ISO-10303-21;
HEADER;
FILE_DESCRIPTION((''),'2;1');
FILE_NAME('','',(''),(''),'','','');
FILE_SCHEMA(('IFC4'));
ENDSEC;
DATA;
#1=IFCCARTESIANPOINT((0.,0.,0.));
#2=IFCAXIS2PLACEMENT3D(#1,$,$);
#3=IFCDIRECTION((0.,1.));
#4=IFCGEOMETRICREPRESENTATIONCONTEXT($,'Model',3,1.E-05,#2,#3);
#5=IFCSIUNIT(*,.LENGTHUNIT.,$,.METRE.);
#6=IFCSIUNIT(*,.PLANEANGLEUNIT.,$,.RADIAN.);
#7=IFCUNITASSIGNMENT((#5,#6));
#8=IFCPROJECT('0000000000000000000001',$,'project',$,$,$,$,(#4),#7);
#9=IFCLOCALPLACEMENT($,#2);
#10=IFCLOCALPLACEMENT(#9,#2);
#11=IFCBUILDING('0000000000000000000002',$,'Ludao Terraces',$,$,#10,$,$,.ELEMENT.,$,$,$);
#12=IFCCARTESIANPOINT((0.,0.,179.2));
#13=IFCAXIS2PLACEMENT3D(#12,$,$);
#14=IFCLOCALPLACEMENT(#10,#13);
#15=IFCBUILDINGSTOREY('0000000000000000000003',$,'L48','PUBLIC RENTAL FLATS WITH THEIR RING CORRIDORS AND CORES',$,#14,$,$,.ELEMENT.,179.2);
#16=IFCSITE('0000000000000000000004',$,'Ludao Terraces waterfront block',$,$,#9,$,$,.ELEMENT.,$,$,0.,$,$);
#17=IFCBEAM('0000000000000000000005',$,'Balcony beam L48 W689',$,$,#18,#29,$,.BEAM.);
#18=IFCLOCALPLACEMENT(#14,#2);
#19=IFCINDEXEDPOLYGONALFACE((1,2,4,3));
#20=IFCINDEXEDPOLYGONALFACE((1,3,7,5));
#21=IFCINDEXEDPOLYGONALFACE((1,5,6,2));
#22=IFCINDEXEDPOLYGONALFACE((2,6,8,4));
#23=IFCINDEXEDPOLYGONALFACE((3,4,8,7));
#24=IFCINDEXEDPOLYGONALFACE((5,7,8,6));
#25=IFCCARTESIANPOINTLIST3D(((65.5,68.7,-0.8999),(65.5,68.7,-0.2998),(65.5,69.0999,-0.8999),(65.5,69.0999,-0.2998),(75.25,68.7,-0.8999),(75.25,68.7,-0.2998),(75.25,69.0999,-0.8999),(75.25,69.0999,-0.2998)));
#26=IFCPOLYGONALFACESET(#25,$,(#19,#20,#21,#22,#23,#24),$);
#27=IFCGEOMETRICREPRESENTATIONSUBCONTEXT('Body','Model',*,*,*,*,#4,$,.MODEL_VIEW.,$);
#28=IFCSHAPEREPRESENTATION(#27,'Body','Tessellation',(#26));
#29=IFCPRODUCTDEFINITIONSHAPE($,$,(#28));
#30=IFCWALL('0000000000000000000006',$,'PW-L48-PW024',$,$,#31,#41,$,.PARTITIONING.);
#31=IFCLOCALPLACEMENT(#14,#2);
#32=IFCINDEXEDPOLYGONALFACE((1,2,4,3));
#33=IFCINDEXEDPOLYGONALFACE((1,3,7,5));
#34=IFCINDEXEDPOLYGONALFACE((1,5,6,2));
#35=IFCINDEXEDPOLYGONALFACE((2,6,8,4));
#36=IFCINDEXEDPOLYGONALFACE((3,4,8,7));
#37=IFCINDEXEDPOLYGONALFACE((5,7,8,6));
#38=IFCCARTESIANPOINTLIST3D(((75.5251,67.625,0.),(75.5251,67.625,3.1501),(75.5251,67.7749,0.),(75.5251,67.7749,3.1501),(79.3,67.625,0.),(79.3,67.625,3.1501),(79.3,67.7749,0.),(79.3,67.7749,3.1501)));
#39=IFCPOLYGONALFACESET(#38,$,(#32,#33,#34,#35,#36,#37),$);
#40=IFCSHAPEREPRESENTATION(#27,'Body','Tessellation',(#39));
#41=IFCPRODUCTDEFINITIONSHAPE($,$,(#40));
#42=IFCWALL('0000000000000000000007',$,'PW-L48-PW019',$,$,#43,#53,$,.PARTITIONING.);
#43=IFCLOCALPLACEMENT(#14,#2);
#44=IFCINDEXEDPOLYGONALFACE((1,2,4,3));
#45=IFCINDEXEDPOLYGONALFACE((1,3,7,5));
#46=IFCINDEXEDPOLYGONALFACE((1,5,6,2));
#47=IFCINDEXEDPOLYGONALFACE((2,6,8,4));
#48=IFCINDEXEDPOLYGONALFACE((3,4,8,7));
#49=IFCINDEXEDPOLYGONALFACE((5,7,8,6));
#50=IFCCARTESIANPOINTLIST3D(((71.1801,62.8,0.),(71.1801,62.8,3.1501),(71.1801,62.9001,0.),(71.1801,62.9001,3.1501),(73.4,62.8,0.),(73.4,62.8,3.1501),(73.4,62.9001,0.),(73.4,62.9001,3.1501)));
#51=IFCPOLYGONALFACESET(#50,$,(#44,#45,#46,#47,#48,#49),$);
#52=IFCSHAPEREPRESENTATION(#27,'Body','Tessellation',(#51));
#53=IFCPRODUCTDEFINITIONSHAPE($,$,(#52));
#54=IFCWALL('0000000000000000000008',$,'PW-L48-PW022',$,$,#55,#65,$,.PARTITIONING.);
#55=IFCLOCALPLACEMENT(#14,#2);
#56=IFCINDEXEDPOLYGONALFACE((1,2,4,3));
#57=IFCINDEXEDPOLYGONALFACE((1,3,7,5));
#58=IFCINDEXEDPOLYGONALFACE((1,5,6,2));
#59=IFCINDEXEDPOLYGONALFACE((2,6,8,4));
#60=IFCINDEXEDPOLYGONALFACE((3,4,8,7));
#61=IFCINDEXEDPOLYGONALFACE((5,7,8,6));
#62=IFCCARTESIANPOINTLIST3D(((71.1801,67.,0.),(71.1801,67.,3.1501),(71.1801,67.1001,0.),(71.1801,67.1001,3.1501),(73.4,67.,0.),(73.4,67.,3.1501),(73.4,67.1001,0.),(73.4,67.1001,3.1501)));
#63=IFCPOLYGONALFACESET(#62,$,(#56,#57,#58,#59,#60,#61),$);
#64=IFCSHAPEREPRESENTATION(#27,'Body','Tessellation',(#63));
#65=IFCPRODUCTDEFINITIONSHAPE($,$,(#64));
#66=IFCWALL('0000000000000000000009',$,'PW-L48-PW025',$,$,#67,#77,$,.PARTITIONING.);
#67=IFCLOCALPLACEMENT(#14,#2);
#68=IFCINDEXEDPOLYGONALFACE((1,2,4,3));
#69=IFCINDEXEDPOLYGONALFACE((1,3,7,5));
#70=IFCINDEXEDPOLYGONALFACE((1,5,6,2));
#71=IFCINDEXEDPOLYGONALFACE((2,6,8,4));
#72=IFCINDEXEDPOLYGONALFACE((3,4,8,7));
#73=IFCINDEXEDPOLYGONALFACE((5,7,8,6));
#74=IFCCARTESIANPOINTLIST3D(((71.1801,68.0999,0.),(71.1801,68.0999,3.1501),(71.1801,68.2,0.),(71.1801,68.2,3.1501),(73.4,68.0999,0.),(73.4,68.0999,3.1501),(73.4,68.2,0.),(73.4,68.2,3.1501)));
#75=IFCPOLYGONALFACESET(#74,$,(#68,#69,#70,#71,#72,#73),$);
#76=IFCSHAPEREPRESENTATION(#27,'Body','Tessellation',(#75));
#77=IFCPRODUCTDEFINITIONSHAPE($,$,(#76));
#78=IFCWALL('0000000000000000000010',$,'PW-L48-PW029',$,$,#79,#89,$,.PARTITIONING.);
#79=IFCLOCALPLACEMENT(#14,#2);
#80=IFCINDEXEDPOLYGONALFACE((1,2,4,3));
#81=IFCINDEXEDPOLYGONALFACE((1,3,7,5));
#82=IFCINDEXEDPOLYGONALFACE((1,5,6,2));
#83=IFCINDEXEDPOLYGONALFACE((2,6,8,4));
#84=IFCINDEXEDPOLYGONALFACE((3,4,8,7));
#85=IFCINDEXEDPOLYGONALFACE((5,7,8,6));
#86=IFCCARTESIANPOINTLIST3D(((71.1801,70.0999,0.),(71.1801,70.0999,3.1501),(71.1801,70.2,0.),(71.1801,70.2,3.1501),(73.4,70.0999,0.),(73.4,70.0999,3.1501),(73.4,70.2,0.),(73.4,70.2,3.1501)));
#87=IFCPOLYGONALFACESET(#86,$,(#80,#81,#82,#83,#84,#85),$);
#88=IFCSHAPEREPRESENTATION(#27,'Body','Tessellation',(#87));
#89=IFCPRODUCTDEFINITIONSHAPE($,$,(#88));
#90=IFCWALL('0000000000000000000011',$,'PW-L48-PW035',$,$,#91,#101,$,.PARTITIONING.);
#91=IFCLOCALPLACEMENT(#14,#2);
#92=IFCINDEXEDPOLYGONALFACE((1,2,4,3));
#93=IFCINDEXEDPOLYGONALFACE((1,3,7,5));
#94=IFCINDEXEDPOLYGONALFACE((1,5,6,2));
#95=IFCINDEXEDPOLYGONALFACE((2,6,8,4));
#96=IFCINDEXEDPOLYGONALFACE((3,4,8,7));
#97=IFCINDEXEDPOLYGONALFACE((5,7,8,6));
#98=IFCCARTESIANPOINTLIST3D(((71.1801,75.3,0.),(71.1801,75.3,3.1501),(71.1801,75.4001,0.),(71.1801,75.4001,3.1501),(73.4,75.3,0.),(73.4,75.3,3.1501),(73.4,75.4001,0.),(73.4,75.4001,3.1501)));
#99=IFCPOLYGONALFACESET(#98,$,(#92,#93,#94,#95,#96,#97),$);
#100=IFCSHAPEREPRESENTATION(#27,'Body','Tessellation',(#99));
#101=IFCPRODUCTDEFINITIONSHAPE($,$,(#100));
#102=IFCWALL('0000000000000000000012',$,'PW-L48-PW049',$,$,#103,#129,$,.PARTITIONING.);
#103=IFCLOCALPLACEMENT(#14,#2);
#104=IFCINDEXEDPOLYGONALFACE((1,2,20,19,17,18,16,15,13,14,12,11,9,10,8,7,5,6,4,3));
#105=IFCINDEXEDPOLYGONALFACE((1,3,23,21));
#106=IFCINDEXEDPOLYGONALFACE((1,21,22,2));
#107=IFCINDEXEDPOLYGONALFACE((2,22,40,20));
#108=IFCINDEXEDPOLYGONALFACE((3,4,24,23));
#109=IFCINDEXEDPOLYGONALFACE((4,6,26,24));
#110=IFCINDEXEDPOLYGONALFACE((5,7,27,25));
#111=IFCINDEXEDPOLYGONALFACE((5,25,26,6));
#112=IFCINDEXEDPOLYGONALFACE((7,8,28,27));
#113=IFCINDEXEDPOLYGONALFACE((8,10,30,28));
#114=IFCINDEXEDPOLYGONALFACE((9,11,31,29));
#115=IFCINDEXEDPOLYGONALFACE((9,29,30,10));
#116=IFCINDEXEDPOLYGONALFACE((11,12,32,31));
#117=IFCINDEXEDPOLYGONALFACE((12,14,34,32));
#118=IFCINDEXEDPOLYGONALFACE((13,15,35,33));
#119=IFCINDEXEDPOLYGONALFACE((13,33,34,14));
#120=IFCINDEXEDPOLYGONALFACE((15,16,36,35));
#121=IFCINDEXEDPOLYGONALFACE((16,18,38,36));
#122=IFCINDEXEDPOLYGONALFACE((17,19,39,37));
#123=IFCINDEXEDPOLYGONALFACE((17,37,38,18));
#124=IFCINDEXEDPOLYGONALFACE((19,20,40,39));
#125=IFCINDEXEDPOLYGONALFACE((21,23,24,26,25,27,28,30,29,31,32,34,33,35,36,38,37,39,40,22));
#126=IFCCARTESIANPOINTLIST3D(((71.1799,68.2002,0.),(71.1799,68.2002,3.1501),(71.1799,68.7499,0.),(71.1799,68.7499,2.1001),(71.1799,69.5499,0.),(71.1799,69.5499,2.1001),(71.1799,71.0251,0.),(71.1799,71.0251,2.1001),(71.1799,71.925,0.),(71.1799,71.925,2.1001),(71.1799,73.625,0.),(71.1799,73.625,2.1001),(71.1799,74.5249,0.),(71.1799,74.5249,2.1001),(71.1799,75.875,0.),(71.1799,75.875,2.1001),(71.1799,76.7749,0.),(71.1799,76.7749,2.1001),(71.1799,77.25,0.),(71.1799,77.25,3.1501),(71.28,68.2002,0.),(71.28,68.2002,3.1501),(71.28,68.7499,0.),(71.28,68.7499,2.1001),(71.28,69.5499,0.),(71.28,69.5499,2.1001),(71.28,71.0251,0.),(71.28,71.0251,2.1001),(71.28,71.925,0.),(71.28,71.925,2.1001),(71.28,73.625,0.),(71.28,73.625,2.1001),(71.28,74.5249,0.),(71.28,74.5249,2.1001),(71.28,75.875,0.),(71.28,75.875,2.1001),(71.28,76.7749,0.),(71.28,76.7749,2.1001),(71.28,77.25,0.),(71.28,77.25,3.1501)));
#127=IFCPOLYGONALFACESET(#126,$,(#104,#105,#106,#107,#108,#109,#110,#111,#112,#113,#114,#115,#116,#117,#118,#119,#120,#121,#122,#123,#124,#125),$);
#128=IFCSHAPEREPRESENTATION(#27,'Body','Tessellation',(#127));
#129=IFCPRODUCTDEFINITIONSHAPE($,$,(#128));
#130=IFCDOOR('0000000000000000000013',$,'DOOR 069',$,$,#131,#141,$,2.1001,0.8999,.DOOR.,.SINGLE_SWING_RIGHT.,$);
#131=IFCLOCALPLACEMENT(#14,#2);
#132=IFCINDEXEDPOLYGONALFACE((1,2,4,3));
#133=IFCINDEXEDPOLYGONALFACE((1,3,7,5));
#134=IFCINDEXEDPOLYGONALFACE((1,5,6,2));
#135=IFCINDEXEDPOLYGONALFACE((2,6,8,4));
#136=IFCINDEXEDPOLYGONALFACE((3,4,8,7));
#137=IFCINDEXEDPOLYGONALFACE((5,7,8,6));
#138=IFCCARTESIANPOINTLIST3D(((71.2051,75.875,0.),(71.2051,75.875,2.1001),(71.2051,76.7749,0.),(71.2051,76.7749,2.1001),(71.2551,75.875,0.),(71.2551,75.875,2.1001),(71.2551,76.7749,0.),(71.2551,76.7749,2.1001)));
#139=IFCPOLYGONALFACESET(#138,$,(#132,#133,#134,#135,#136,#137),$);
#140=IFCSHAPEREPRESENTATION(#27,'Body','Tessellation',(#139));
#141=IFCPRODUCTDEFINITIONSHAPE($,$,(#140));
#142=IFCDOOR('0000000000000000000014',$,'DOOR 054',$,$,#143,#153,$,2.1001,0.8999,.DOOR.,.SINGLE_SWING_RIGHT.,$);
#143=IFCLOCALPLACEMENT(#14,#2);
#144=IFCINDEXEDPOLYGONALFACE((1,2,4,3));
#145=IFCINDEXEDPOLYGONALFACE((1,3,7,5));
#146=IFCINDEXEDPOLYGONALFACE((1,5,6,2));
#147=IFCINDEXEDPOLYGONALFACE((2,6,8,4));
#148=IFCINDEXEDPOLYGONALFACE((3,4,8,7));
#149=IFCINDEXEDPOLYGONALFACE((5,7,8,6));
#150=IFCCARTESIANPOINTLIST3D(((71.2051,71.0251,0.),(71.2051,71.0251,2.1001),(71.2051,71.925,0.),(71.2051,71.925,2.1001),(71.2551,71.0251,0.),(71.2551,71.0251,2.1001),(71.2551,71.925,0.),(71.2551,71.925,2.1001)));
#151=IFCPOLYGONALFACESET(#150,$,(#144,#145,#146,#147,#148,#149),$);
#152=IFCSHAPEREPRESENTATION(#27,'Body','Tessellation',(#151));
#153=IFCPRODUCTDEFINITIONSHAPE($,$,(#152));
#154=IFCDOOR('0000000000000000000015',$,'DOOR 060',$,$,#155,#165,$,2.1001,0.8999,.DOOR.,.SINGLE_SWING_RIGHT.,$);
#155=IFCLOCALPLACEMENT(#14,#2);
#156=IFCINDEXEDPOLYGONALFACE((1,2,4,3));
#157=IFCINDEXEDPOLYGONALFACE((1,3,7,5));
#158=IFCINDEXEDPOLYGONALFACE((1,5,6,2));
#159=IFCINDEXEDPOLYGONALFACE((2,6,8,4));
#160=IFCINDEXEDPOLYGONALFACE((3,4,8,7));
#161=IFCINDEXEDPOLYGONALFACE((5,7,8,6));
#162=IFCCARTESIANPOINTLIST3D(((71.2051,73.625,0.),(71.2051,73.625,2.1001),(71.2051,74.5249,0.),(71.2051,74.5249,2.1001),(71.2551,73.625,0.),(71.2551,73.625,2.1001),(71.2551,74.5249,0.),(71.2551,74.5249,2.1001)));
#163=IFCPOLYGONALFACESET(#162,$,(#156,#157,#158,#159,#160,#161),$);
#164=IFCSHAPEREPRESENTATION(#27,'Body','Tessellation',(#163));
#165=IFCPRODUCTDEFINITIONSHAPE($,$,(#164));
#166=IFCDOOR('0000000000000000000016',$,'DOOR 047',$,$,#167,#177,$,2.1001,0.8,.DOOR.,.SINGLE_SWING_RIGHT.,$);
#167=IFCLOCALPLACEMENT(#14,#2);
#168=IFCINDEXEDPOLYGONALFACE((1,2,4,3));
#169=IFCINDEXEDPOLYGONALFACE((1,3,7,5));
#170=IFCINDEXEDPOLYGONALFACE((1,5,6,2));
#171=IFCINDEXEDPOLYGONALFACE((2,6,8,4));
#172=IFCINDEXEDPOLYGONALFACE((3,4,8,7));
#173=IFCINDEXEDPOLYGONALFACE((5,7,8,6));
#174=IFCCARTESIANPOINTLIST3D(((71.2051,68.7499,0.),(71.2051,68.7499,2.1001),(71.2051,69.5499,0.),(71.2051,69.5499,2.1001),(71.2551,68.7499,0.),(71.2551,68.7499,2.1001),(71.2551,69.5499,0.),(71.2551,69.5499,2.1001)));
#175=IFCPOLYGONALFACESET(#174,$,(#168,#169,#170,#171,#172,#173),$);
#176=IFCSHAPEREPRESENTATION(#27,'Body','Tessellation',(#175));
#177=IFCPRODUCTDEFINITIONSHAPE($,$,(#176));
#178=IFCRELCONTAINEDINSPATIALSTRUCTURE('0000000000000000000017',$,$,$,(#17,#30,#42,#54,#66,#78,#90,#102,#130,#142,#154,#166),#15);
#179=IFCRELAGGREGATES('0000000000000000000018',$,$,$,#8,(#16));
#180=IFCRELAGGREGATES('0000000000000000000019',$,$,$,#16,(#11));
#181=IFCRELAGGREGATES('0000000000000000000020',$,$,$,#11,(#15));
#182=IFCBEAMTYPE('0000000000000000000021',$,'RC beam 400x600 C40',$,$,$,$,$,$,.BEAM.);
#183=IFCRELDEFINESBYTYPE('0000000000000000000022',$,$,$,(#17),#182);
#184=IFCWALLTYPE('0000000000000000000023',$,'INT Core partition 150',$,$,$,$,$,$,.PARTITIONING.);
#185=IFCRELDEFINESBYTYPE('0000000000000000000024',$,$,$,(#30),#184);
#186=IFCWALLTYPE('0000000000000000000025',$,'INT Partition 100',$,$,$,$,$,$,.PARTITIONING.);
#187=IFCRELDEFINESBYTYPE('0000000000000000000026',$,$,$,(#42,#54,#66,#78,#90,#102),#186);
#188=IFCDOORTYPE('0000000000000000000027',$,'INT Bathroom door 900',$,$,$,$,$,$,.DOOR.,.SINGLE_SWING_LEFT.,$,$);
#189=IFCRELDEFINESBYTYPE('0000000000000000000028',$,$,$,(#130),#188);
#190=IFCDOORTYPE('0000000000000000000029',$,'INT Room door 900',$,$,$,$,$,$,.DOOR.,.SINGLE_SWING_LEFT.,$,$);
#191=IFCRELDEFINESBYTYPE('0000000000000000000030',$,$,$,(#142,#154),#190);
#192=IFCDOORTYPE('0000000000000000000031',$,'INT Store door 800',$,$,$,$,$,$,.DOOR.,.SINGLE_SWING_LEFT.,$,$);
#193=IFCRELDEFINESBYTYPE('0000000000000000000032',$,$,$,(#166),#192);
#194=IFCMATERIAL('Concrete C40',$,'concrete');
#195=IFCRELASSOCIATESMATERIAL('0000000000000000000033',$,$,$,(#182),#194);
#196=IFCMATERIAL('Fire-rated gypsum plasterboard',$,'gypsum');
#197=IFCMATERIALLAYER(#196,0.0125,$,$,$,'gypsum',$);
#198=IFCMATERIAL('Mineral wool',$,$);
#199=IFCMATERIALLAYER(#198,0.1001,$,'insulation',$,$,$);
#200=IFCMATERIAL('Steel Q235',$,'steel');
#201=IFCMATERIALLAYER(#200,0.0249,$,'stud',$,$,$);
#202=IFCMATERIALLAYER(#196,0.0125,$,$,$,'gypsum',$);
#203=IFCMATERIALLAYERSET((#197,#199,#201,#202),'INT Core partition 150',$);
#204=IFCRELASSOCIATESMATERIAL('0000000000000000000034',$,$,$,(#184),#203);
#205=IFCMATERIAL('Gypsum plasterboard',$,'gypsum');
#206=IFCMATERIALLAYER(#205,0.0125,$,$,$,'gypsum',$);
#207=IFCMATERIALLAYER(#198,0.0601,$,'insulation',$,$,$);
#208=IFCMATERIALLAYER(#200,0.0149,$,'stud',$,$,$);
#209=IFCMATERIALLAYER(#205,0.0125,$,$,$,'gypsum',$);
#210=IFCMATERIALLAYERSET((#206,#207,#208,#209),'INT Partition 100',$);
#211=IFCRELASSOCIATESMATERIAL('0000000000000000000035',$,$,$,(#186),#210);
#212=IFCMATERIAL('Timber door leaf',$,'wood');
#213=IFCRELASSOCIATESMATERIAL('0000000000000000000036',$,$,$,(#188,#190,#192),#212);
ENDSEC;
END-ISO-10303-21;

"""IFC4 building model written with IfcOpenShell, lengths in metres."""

from ifc_helpers import new_model, si_unit, direction, frame, frame_2d, origin, origin_2d, place, context, subcontext, project, spatial, rectangle, extrude, material, layer, layer_set, material_profile, profile_set, type_object, element, fill, save


model = new_model("IFC4")

# Units and contexts
model_context = context("Model", 3, precision=1e-05, world=origin(), true_north=direction((0.0, 1.0)))
body_context = subcontext(model_context, "Body", "Model", "MODEL_VIEW")
ifc_project = project(units=[si_unit("LENGTHUNIT", "METRE"), si_unit("PLANEANGLEUNIT", "RADIAN")], contexts=[model_context])

# Site, building, storey
site_placement = place(None, origin())
site = spatial("IfcSite", under=ifc_project, at=site_placement, Name="Ludao Terraces waterfront block", CompositionType="ELEMENT", RefElevation=0.0)
building_placement = place(site_placement, origin())
building = spatial("IfcBuilding", under=site, at=building_placement, Name="Ludao Terraces", CompositionType="ELEMENT")
storey_placement = place(building_placement, frame((0.0, 0.0, 179.2)))
storey = spatial("IfcBuildingStorey", under=building, at=storey_placement, Name="L48", Description="PUBLIC RENTAL FLATS WITH THEIR RING CORRIDORS AND CORES", CompositionType="ELEMENT", Elevation=179.2)

# Beam
ifc_material_1 = material(Name="Concrete C40", Category="concrete")
ifc_material_profile = material_profile(ifc_material_1, rectangle(XDim=0.3999, YDim=0.6001, at=origin_2d()), Name="400 X 600")
ifc_profile_set = profile_set([ifc_material_profile], Name="Concrete C40")
beam_type = type_object("IfcBeamType", Name="RC beam 400x600 C40", PredefinedType="BEAM", material=ifc_profile_set)
beam_placement = place(storey_placement, frame((75.25, 68.8999, -0.5999), z_axis=(-1.0, 0.0, 0.0), x_axis=(0.0, -1.0, 0.0)))
element("IfcBeam", 1, at=beam_placement, inside=storey, type_object=beam_type, Name="Balcony beam L48 W689", PredefinedType="BEAM", context=body_context, shape_type="SweptSolid", body=[
    extrude(rectangle(XDim=0.3999, YDim=0.6001, at=origin_2d()), origin(), (0.0, 0.0, 1.0), 9.75),
])

# Walls
ifc_material_2 = material(Name="Fire-rated gypsum plasterboard", Category="gypsum")
ifc_layer_1 = layer(ifc_material_2, 0.0125, Category="gypsum")
ifc_material_3 = material(Name="Mineral wool")
ifc_layer_2 = layer(ifc_material_3, 0.1001, Name="insulation")
ifc_material_4 = material(Name="Steel Q235", Category="steel")
ifc_layer_3 = layer(ifc_material_4, 0.0249, Name="stud")
ifc_layer_4 = layer(ifc_material_2, 0.0125, Category="gypsum")
ifc_layer_set_1 = layer_set([ifc_layer_1, ifc_layer_2, ifc_layer_3, ifc_layer_4], Name="INT Core partition 150")
wall_type_1 = type_object("IfcWallType", Name="INT Core partition 150", PredefinedType="PARTITIONING", material=ifc_layer_set_1)
wall_1_placement = place(storey_placement, frame((75.5251, 67.7, 0.0), z_axis=(0.0, 0.0, 1.0), x_axis=(1.0, 0.0, 0.0)))
element("IfcWall", 2, at=wall_1_placement, inside=storey, type_object=wall_type_1, Name="PW-L48-PW024", PredefinedType="PARTITIONING", context=body_context, shape_type="SweptSolid", body=[
    extrude(rectangle(XDim=3.7749, YDim=0.1499, at=frame_2d((1.8875, 0.0))), origin(), (0.0, 0.0, 1.0), 3.1501),
])
ifc_material_5 = material(Name="Gypsum plasterboard", Category="gypsum")
ifc_layer_5 = layer(ifc_material_5, 0.0125, Category="gypsum")
ifc_layer_6 = layer(ifc_material_3, 0.0601, Name="insulation")
ifc_layer_7 = layer(ifc_material_4, 0.0149, Name="stud")
ifc_layer_8 = layer(ifc_material_5, 0.0125, Category="gypsum")
ifc_layer_set_2 = layer_set([ifc_layer_5, ifc_layer_6, ifc_layer_7, ifc_layer_8], Name="INT Partition 100")
wall_type_2 = type_object("IfcWallType", Name="INT Partition 100", PredefinedType="PARTITIONING", material=ifc_layer_set_2)
for number, where, z_axis, x_axis, name in (
    (3, (71.1802, 62.8501, 0.0), (0.0, 0.0, 1.0), (1.0, 0.0, 0.0), "PW-L48-PW019"),
    (4, (71.1802, 67.05, 0.0), (0.0, 0.0, 1.0), (1.0, 0.0, 0.0), "PW-L48-PW022"),
    (5, (71.1802, 68.1499, 0.0), (0.0, 0.0, 1.0), (1.0, 0.0, 0.0), "PW-L48-PW025"),
    (6, (71.1802, 70.1499, 0.0), (0.0, 0.0, 1.0), (1.0, 0.0, 0.0), "PW-L48-PW029"),
    (7, (71.1802, 75.3501, 0.0), (0.0, 0.0, 1.0), (1.0, 0.0, 0.0), "PW-L48-PW035"),
):
    element("IfcWall", number, at=place(storey_placement, frame(where, z_axis=z_axis, x_axis=x_axis)), inside=storey, type_object=wall_type_2, Name=name, PredefinedType="PARTITIONING", context=body_context, shape_type="SweptSolid", body=[
        extrude(rectangle(XDim=2.22, YDim=0.1001, at=frame_2d((1.1099, 0.0))), origin(), (0.0, 0.0, 1.0), 3.1501),
    ])

# Wall, openings, doors
wall_2_placement = place(storey_placement, frame((71.23, 68.2002, 0.0), z_axis=(0.0, 0.0, 1.0), x_axis=(0.0, 1.0, 0.0)))
wall_2 = element("IfcWall", 8, at=wall_2_placement, inside=storey, type_object=wall_type_2, Name="PW-L48-PW049", PredefinedType="PARTITIONING", context=body_context, shape_type="SweptSolid", body=[
    extrude(rectangle(XDim=9.0498, YDim=0.1001, at=frame_2d((4.5249, 0.0))), origin(), (0.0, 0.0, 1.0), 3.1501),
])
opening_1_placement = place(wall_2_placement, frame((0.5498, 0.0, 0.0)))
opening_1 = element("IfcOpeningElement", 9, at=opening_1_placement, cuts=wall_2, PredefinedType="OPENING", context=body_context, shape_type="SweptSolid", body=[
    extrude(rectangle(XDim=0.8, YDim=2.1001, at=frame_2d((0.3999, 1.05))), frame((0.0, 0.0601, 0.0), z_axis=(0.0, -1.0, 0.0), x_axis=(1.0, 0.0, 0.0)), (0.0, 0.0, 1.0), 0.1201),
])
opening_2_placement = place(wall_2_placement, frame((2.825, 0.0, 0.0)))
opening_2 = element("IfcOpeningElement", 10, at=opening_2_placement, cuts=wall_2, PredefinedType="OPENING", context=body_context, shape_type="SweptSolid", body=[
    extrude(rectangle(XDim=0.8999, YDim=2.1001, at=frame_2d((0.45, 1.05))), frame((0.0, 0.0601, 0.0), z_axis=(0.0, -1.0, 0.0), x_axis=(1.0, 0.0, 0.0)), (0.0, 0.0, 1.0), 0.1201),
])
opening_3_placement = place(wall_2_placement, frame((5.4248, 0.0, 0.0)))
opening_3 = element("IfcOpeningElement", 11, at=opening_3_placement, cuts=wall_2, PredefinedType="OPENING", context=body_context, shape_type="SweptSolid", body=[
    extrude(rectangle(XDim=0.8999, YDim=2.1001, at=frame_2d((0.45, 1.05))), frame((0.0, 0.0601, 0.0), z_axis=(0.0, -1.0, 0.0), x_axis=(1.0, 0.0, 0.0)), (0.0, 0.0, 1.0), 0.1201),
])
opening_4_placement = place(wall_2_placement, frame((7.6748, 0.0, 0.0)))
opening_4 = element("IfcOpeningElement", 12, at=opening_4_placement, cuts=wall_2, PredefinedType="OPENING", context=body_context, shape_type="SweptSolid", body=[
    extrude(rectangle(XDim=0.8999, YDim=2.1001, at=frame_2d((0.45, 1.05))), frame((0.0, 0.0601, 0.0), z_axis=(0.0, -1.0, 0.0), x_axis=(1.0, 0.0, 0.0)), (0.0, 0.0, 1.0), 0.1201),
])
ifc_material_6 = material(Name="Timber door leaf", Category="wood")
door_type_1 = type_object("IfcDoorType", Name="INT Bathroom door 900", OperationType="SINGLE_SWING_LEFT", PredefinedType="DOOR", material=ifc_material_6)
door_1_placement = place(opening_4_placement, origin())
door_1 = element("IfcDoor", 13, at=door_1_placement, inside=storey, type_object=door_type_1, Name="DOOR 069", OperationType="SINGLE_SWING_RIGHT", OverallHeight=2.1001, OverallWidth=0.8999, PredefinedType="DOOR", context=body_context, shape_type="SweptSolid", body=[
    extrude(rectangle(XDim=0.8999, YDim=2.1001, at=frame_2d((0.45, 1.05))), frame((0.0, 0.0249, 0.0), z_axis=(0.0, -1.0, 0.0), x_axis=(1.0, 0.0, 0.0)), (0.0, 0.0, 1.0), 0.05),
])
fill(opening_4, door_1)
door_type_2 = type_object("IfcDoorType", Name="INT Room door 900", OperationType="SINGLE_SWING_LEFT", PredefinedType="DOOR", material=ifc_material_6)
door_2_placement = place(opening_2_placement, origin())
door_2 = element("IfcDoor", 14, at=door_2_placement, inside=storey, type_object=door_type_2, Name="DOOR 054", OperationType="SINGLE_SWING_RIGHT", OverallHeight=2.1001, OverallWidth=0.8999, PredefinedType="DOOR", context=body_context, shape_type="SweptSolid", body=[
    extrude(rectangle(XDim=0.8999, YDim=2.1001, at=frame_2d((0.45, 1.05))), frame((0.0, 0.0249, 0.0), z_axis=(0.0, -1.0, 0.0), x_axis=(1.0, 0.0, 0.0)), (0.0, 0.0, 1.0), 0.05),
])
fill(opening_2, door_2)
door_3_placement = place(opening_3_placement, origin())
door_3 = element("IfcDoor", 15, at=door_3_placement, inside=storey, type_object=door_type_2, Name="DOOR 060", OperationType="SINGLE_SWING_RIGHT", OverallHeight=2.1001, OverallWidth=0.8999, PredefinedType="DOOR", context=body_context, shape_type="SweptSolid", body=[
    extrude(rectangle(XDim=0.8999, YDim=2.1001, at=frame_2d((0.45, 1.05))), frame((0.0, 0.0249, 0.0), z_axis=(0.0, -1.0, 0.0), x_axis=(1.0, 0.0, 0.0)), (0.0, 0.0, 1.0), 0.05),
])
fill(opening_3, door_3)
door_type_3 = type_object("IfcDoorType", Name="INT Store door 800", OperationType="SINGLE_SWING_LEFT", PredefinedType="DOOR", material=ifc_material_6)
door_4_placement = place(opening_1_placement, origin())
door_4 = element("IfcDoor", 16, at=door_4_placement, inside=storey, type_object=door_type_3, Name="DOOR 047", OperationType="SINGLE_SWING_RIGHT", OverallHeight=2.1001, OverallWidth=0.8, PredefinedType="DOOR", context=body_context, shape_type="SweptSolid", body=[
    extrude(rectangle(XDim=0.8, YDim=2.1001, at=frame_2d((0.3999, 1.05))), frame((0.0, 0.0249, 0.0), z_axis=(0.0, -1.0, 0.0), x_axis=(1.0, 0.0, 0.0)), (0.0, 0.0, 1.0), 0.05),
])
fill(opening_1, door_4)

save(model, "model.ifc")
